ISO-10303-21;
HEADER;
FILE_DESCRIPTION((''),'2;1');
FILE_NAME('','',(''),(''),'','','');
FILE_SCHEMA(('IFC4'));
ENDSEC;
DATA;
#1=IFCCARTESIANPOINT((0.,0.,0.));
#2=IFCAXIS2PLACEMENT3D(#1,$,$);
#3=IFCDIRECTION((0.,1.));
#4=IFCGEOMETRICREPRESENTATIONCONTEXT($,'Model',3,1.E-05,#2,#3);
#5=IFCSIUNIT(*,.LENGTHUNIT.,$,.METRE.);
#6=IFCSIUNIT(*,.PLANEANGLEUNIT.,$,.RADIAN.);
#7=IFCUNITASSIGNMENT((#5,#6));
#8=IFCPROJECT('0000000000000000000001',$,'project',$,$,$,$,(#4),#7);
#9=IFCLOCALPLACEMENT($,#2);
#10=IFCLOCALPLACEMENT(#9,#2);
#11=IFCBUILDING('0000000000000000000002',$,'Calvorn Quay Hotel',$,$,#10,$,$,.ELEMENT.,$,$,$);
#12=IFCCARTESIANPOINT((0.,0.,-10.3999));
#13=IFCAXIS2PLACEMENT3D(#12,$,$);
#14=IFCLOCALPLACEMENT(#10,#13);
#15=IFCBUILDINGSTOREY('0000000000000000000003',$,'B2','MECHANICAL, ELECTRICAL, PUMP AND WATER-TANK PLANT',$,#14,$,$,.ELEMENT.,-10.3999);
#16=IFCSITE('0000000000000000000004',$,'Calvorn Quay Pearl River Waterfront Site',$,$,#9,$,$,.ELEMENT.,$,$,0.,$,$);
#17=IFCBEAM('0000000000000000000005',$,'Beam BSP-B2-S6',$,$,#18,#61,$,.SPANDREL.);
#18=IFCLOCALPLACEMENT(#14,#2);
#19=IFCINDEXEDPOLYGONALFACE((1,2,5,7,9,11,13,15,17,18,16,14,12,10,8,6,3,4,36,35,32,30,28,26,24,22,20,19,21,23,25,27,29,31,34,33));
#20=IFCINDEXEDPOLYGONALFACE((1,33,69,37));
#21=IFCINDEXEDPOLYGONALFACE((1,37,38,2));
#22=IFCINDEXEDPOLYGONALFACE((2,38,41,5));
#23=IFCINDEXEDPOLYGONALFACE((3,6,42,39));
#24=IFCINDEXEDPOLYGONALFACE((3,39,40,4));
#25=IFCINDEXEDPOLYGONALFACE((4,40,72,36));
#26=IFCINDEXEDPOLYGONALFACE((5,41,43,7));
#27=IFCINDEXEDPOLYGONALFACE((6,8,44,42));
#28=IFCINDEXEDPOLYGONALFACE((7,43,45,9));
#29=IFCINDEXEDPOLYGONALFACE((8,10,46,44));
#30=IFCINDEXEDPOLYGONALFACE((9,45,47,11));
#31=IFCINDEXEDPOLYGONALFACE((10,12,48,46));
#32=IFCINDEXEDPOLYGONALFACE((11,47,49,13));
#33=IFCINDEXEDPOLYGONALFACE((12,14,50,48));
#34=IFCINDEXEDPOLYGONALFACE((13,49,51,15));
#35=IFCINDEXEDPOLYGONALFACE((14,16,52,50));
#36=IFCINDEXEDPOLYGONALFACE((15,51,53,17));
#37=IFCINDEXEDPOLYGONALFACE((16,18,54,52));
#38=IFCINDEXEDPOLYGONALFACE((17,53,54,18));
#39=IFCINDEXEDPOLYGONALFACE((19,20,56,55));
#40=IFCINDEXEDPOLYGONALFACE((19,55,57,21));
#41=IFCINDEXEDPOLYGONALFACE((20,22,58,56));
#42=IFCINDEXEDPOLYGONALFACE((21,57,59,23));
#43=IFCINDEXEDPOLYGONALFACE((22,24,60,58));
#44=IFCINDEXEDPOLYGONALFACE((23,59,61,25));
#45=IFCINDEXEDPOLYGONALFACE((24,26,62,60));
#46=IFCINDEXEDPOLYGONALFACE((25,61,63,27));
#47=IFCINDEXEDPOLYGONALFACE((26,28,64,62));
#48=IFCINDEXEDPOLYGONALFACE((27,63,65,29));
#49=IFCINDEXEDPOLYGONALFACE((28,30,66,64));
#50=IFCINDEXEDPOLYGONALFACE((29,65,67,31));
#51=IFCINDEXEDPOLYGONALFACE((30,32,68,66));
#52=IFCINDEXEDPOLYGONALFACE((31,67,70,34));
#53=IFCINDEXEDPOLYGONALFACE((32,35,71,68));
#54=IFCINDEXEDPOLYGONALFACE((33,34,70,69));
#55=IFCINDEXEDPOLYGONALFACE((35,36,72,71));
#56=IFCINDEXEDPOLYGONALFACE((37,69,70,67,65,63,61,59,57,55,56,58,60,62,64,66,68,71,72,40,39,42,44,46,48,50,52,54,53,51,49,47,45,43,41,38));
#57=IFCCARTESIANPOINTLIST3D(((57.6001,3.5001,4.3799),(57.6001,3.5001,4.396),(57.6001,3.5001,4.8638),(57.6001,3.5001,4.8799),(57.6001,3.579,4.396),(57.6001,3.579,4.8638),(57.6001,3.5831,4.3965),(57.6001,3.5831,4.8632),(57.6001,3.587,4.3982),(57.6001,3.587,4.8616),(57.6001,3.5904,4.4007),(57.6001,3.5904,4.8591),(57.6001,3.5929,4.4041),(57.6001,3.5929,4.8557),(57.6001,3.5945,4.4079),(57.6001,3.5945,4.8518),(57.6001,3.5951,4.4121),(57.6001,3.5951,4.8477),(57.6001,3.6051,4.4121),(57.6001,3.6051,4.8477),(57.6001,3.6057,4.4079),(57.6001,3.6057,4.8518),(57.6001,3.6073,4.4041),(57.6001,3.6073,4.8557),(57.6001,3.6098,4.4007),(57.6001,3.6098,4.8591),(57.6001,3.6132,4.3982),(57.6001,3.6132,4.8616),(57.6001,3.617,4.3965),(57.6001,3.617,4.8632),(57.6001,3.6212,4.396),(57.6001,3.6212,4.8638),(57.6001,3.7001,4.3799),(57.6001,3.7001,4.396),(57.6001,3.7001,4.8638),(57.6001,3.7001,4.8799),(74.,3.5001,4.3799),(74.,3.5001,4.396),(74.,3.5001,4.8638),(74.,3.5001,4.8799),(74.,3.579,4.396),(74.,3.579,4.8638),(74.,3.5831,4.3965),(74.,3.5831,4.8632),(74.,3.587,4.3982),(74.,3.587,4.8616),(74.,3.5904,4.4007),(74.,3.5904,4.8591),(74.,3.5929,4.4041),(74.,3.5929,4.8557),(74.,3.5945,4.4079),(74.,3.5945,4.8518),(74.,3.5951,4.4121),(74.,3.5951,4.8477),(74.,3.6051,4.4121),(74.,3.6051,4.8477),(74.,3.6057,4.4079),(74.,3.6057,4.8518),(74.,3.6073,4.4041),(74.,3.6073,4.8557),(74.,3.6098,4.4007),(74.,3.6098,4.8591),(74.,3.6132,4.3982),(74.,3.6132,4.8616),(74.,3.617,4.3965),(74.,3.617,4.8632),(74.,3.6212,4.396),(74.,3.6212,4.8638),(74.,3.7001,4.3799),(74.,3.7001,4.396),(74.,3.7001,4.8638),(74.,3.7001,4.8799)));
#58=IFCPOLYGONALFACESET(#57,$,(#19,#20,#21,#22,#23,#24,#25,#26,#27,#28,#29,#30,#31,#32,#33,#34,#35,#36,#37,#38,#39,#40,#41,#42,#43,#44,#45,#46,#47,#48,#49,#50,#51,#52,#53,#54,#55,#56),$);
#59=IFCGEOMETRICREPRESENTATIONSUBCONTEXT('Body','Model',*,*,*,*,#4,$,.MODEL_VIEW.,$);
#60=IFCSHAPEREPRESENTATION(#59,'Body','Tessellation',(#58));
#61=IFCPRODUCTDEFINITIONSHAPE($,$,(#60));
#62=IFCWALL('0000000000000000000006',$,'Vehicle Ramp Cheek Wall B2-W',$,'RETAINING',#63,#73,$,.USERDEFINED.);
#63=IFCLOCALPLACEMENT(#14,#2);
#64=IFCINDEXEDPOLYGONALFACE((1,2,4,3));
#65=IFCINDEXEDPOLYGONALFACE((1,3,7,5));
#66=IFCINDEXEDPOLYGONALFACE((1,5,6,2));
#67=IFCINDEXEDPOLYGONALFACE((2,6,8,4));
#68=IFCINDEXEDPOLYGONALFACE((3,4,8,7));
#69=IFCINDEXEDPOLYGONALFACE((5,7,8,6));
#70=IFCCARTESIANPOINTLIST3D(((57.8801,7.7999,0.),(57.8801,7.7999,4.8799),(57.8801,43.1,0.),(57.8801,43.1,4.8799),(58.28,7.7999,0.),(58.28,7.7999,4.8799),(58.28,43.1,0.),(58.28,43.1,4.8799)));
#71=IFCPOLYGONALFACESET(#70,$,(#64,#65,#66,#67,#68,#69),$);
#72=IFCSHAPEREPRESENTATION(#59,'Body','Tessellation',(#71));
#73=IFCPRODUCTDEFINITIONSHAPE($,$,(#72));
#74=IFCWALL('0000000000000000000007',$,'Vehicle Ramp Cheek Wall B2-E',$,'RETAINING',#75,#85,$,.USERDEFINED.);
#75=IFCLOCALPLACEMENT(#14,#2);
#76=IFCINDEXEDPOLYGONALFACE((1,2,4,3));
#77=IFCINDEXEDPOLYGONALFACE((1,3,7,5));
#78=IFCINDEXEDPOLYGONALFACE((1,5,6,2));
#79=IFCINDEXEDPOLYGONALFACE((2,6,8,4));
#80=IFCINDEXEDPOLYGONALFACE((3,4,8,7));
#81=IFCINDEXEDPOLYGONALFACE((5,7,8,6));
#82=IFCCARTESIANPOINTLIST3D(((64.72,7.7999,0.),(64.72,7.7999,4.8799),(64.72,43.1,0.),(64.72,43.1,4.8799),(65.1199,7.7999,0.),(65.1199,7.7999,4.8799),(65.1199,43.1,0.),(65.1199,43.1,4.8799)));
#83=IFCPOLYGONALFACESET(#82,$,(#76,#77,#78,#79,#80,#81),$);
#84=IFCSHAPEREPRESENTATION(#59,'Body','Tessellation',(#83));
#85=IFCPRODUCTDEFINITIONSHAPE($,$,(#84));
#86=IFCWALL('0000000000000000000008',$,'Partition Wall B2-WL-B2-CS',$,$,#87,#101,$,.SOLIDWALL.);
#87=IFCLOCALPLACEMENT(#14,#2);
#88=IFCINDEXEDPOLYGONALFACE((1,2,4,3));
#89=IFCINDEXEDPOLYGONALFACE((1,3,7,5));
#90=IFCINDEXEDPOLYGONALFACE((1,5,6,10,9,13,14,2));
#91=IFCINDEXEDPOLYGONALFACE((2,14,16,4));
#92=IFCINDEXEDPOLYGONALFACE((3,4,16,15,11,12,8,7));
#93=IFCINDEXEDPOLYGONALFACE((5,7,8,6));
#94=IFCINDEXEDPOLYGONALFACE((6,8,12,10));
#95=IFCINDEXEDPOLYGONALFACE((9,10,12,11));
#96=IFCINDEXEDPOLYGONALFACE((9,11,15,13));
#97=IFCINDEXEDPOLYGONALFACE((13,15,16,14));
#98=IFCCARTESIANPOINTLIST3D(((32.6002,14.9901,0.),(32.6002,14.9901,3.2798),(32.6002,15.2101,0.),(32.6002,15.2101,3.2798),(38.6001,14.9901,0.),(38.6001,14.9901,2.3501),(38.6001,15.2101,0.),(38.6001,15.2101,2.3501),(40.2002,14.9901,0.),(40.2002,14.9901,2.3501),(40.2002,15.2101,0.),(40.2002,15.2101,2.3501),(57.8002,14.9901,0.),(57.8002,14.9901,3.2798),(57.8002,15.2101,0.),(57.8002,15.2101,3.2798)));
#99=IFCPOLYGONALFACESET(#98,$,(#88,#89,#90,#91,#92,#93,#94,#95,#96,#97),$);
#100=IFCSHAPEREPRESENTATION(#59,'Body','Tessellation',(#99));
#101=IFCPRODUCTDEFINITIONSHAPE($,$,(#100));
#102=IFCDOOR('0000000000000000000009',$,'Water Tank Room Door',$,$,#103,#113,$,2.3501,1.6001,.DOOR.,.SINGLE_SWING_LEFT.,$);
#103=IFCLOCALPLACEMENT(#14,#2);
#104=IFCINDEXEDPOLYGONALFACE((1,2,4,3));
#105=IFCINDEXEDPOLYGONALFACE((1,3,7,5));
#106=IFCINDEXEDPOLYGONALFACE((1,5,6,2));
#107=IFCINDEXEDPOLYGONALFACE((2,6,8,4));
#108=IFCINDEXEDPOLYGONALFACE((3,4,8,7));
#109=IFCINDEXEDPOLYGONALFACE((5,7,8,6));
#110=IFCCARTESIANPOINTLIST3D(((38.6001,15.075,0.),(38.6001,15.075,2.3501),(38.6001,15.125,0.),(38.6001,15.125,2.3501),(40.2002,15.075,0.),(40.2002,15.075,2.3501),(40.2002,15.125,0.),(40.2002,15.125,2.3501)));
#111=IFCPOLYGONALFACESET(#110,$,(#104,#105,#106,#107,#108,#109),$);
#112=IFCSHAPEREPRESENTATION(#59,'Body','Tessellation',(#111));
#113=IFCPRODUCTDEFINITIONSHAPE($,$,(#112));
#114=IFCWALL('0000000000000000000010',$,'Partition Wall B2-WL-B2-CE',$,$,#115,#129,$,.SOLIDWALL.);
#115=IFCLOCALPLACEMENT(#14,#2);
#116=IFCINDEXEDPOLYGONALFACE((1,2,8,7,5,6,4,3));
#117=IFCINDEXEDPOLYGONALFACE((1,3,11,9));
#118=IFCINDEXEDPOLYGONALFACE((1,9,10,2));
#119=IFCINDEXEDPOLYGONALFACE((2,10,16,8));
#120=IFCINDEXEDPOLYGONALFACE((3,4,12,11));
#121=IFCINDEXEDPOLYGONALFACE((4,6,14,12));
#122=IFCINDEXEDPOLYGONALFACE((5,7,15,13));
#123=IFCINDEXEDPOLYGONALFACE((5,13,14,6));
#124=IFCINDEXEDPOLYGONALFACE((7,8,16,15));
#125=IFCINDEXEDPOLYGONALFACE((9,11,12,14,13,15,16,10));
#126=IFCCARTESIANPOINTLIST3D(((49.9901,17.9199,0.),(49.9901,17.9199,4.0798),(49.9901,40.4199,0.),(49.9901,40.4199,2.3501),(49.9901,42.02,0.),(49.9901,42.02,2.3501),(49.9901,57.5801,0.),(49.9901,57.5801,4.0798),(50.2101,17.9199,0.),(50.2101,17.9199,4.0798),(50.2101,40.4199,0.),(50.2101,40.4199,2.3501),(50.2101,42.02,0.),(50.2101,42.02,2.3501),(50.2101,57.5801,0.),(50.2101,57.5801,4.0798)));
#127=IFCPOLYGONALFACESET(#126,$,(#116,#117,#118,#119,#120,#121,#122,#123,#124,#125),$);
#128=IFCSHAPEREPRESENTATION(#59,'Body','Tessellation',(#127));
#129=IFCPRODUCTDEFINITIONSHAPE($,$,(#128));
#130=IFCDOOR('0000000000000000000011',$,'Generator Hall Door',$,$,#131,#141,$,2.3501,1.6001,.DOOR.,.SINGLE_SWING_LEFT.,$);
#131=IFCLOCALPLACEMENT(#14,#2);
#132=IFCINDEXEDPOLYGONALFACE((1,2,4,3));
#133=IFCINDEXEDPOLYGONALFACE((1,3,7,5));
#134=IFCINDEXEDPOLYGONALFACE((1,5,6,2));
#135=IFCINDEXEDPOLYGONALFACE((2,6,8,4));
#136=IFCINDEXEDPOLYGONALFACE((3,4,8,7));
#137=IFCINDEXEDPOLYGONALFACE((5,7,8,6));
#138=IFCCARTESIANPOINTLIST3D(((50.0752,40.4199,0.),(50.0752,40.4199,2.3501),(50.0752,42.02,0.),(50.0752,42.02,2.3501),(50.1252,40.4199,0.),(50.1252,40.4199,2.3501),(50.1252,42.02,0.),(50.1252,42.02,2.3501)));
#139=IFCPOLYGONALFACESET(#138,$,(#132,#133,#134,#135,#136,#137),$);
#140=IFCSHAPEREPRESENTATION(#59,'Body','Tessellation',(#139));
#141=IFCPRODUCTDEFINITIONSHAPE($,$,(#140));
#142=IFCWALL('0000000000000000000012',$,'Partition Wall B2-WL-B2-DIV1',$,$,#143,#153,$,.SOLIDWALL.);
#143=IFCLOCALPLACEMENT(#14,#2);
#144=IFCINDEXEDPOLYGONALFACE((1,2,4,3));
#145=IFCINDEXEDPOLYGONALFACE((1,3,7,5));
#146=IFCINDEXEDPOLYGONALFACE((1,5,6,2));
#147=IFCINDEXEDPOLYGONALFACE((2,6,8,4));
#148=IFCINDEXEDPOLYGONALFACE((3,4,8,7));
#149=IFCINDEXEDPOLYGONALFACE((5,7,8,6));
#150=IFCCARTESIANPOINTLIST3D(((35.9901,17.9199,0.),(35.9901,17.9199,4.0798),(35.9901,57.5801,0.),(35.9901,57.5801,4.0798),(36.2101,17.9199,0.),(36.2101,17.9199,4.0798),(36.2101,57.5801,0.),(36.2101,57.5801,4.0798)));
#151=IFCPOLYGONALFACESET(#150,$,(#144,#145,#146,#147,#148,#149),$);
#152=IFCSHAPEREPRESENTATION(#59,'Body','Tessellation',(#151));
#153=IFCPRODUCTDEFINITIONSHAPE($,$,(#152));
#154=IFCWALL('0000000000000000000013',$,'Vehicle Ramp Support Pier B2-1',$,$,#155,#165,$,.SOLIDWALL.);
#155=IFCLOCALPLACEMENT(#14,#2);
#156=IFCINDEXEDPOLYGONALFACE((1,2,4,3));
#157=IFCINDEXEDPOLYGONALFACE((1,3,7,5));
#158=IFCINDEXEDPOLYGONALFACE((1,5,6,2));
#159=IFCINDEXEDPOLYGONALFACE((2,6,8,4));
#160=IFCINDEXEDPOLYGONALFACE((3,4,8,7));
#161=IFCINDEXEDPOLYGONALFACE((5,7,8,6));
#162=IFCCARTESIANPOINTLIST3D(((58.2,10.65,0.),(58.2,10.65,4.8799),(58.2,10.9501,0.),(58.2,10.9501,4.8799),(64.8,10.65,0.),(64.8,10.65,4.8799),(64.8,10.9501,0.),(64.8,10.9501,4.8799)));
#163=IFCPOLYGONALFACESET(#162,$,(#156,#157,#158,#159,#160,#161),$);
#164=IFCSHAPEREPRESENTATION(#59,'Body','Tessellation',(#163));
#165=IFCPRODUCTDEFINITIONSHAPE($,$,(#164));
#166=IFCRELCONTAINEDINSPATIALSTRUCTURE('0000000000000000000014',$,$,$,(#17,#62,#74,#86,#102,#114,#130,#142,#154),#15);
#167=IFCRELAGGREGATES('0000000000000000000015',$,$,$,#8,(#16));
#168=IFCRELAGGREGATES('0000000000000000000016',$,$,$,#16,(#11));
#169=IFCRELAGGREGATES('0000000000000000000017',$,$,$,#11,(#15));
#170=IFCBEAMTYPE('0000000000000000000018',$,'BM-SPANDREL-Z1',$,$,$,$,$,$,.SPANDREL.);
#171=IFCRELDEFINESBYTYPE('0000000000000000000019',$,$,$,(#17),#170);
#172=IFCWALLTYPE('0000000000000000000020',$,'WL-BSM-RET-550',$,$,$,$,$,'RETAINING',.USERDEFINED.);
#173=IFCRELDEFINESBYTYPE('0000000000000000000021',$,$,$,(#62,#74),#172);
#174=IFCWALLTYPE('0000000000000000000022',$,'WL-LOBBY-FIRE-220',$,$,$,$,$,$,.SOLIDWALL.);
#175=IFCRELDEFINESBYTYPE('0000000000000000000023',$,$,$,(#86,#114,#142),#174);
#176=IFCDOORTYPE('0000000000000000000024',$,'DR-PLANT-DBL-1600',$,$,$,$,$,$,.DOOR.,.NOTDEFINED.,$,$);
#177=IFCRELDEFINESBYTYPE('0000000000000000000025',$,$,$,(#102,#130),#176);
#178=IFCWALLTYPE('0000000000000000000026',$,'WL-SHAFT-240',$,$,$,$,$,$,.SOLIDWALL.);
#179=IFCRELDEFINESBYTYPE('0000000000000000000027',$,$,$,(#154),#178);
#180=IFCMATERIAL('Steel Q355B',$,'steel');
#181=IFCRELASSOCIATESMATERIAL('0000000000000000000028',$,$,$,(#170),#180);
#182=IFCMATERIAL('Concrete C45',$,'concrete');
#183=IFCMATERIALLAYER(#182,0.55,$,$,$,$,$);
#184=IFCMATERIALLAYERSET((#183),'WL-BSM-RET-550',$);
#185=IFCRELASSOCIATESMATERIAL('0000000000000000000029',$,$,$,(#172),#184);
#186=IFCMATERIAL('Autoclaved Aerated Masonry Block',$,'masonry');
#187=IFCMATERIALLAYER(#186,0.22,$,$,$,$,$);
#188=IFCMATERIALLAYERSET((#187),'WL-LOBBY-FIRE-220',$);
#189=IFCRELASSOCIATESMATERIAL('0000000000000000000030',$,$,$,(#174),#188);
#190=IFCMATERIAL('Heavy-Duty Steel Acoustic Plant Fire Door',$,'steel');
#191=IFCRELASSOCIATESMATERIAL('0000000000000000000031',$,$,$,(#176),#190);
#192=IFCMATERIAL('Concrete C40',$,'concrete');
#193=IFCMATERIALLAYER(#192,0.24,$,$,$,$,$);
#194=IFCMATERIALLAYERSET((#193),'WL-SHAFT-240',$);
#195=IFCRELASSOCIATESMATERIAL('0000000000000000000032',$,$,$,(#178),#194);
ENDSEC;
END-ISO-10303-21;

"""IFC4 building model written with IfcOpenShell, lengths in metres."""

from ifc_helpers import new_model, si_unit, direction, frame, frame_2d, origin, origin_2d, place, context, subcontext, project, spatial, rectangle, i_section, extrude, material, layer, layer_set, material_profile, profile_set, type_object, element, fill, save


model = new_model("IFC4")

# Units and contexts
model_context = context("Model", 3, precision=1e-05, world=origin(), true_north=direction((0.0, 1.0)))
body_context = subcontext(model_context, "Body", "Model", "MODEL_VIEW")
ifc_project = project(units=[si_unit("LENGTHUNIT", "METRE"), si_unit("PLANEANGLEUNIT", "RADIAN")], contexts=[model_context])

# Site, building, storey
site_placement = place(None, origin())
site = spatial("IfcSite", under=ifc_project, at=site_placement, Name="Calvorn Quay Pearl River Waterfront Site", CompositionType="ELEMENT", RefElevation=0.0)
building_placement = place(site_placement, origin())
building = spatial("IfcBuilding", under=site, at=building_placement, Name="Calvorn Quay Hotel", CompositionType="ELEMENT")
storey_placement = place(building_placement, frame((0.0, 0.0, -10.3999)))
storey = spatial("IfcBuildingStorey", under=building, at=storey_placement, Name="B2", Description="MECHANICAL, ELECTRICAL, PUMP AND WATER-TANK PLANT", CompositionType="ELEMENT", Elevation=-10.3999)

# Beam
ifc_material_1 = material(Name="Steel Q355B", Category="steel")
ifc_material_profile_1 = material_profile(ifc_material_1, i_section(OverallWidth=0.2, OverallDepth=0.5, WebThickness=0.01, FlangeThickness=0.0161, FilletRadius=0.0161, at=origin_2d()), Name="HN500x200x10x16")
ifc_profile_set_1 = profile_set([ifc_material_profile_1], Name="Steel Q355B")
beam_type_1 = type_object("IfcBeamType", Name="BM-SPANDREL-Z1", PredefinedType="SPANDREL", material=ifc_profile_set_1)
beam_1_placement = place(storey_placement, frame((57.6001, 3.6001, 4.6299), z_axis=(1.0, 0.0, 0.0), x_axis=(0.0, 1.0, 0.0)))
element("IfcBeam", 1, at=beam_1_placement, inside=storey, type_object=beam_type_1, Name="Beam BSP-B2-S6", PredefinedType="SPANDREL", context=body_context, shape_type="SweptSolid", body=[
    extrude(i_section(OverallWidth=0.2, OverallDepth=0.5, WebThickness=0.01, FlangeThickness=0.0161, FilletRadius=0.0161, at=origin_2d()), origin(), (0.0, 0.0, 1.0), 16.3999),
])

# Walls
ifc_material_2 = material(Name="Concrete C45", Category="concrete")
ifc_layer_1 = layer(ifc_material_2, 0.55)
ifc_layer_set_1 = layer_set([ifc_layer_1], Name="WL-BSM-RET-550")
wall_type_1 = type_object("IfcWallType", Name="WL-BSM-RET-550", ElementType="RETAINING", PredefinedType="USERDEFINED", material=ifc_layer_set_1)
for number, where, z_axis, x_axis, name in (
    (2, (58.0801, 7.8, 0.0), (0.0, 0.0, 1.0), (0.0, 1.0, 0.0), "Vehicle Ramp Cheek Wall B2-W"),
    (3, (64.9199, 7.8, 0.0), (0.0, 0.0, 1.0), (0.0, 1.0, 0.0), "Vehicle Ramp Cheek Wall B2-E"),
):
    element("IfcWall", number, at=place(storey_placement, frame(where, z_axis=z_axis, x_axis=x_axis)), inside=storey, type_object=wall_type_1, Name=name, ObjectType="RETAINING", PredefinedType="USERDEFINED", context=body_context, shape_type="SweptSolid", body=[
        extrude(rectangle(XDim=35.3, YDim=0.3999, at=frame_2d((17.6499, 0.0))), origin(), (0.0, 0.0, 1.0), 4.8799),
    ])

# Walls, openings, doors
ifc_material_3 = material(Name="Autoclaved Aerated Masonry Block", Category="masonry")
ifc_layer_2 = layer(ifc_material_3, 0.22)
ifc_layer_set_2 = layer_set([ifc_layer_2], Name="WL-LOBBY-FIRE-220")
wall_type_2 = type_object("IfcWallType", Name="WL-LOBBY-FIRE-220", PredefinedType="SOLIDWALL", material=ifc_layer_set_2)
wall_1_placement = place(storey_placement, frame((32.6001, 15.1001, 0.0), z_axis=(0.0, 0.0, 1.0), x_axis=(1.0, 0.0, 0.0)))
wall_1 = element("IfcWall", 4, at=wall_1_placement, inside=storey, type_object=wall_type_2, Name="Partition Wall B2-WL-B2-CS", PredefinedType="SOLIDWALL", context=body_context, shape_type="SweptSolid", body=[
    extrude(rectangle(XDim=25.2, YDim=0.22, at=frame_2d((12.6001, 0.0))), origin(), (0.0, 0.0, 1.0), 3.2798),
])
opening_1_placement = place(wall_1_placement, frame((6.0, 0.0, 0.0)))
opening_1 = element("IfcOpeningElement", 5, at=opening_1_placement, cuts=wall_1, PredefinedType="OPENING", context=body_context, shape_type="SweptSolid", body=[
    extrude(rectangle(XDim=1.6001, YDim=2.3501, at=frame_2d((0.8, 1.175))), frame((0.0, 0.1199, 0.0), z_axis=(0.0, -1.0, 0.0), x_axis=(1.0, 0.0, 0.0)), (0.0, 0.0, 1.0), 0.24),
])
ifc_material_4 = material(Name="Heavy-Duty Steel Acoustic Plant Fire Door", Category="steel")
door_type = type_object("IfcDoorType", Name="DR-PLANT-DBL-1600", OperationType="NOTDEFINED", PredefinedType="DOOR", material=ifc_material_4)
door_1_placement = place(opening_1_placement, origin())
door_1 = element("IfcDoor", 6, at=door_1_placement, inside=storey, type_object=door_type, Name="Water Tank Room Door", OperationType="SINGLE_SWING_LEFT", OverallHeight=2.3501, OverallWidth=1.6001, PredefinedType="DOOR", context=body_context, shape_type="SweptSolid", body=[
    extrude(rectangle(XDim=1.6001, YDim=2.3501, at=frame_2d((0.8, 1.175))), frame((0.0, 0.0249, 0.0), z_axis=(0.0, -1.0, 0.0), x_axis=(1.0, 0.0, 0.0)), (0.0, 0.0, 1.0), 0.05),
])
fill(opening_1, door_1)
wall_2_placement = place(storey_placement, frame((50.1001, 17.9199, 0.0), z_axis=(0.0, 0.0, 1.0), x_axis=(0.0, 1.0, 0.0)))
wall_2 = element("IfcWall", 7, at=wall_2_placement, inside=storey, type_object=wall_type_2, Name="Partition Wall B2-WL-B2-CE", PredefinedType="SOLIDWALL", context=body_context, shape_type="SweptSolid", body=[
    extrude(rectangle(XDim=39.6602, YDim=0.22, at=frame_2d((19.8301, 0.0))), origin(), (0.0, 0.0, 1.0), 4.0798),
])
opening_2_placement = place(wall_2_placement, frame((22.5, 0.0, 0.0)))
opening_2 = element("IfcOpeningElement", 8, at=opening_2_placement, cuts=wall_2, PredefinedType="OPENING", context=body_context, shape_type="SweptSolid", body=[
    extrude(rectangle(XDim=1.6001, YDim=2.3501, at=frame_2d((0.8, 1.175))), frame((0.0, 0.1199, 0.0), z_axis=(0.0, -1.0, 0.0), x_axis=(1.0, 0.0, 0.0)), (0.0, 0.0, 1.0), 0.24),
])
door_2_placement = place(opening_2_placement, origin())
door_2 = element("IfcDoor", 9, at=door_2_placement, inside=storey, type_object=door_type, Name="Generator Hall Door", OperationType="SINGLE_SWING_LEFT", OverallHeight=2.3501, OverallWidth=1.6001, PredefinedType="DOOR", context=body_context, shape_type="SweptSolid", body=[
    extrude(rectangle(XDim=1.6001, YDim=2.3501, at=frame_2d((0.8, 1.175))), frame((0.0, 0.0249, 0.0), z_axis=(0.0, -1.0, 0.0), x_axis=(1.0, 0.0, 0.0)), (0.0, 0.0, 1.0), 0.05),
])
fill(opening_2, door_2)

# Walls
wall_3_placement = place(storey_placement, frame((36.1001, 17.9199, 0.0), z_axis=(0.0, 0.0, 1.0), x_axis=(0.0, 1.0, 0.0)))
element("IfcWall", 10, at=wall_3_placement, inside=storey, type_object=wall_type_2, Name="Partition Wall B2-WL-B2-DIV1", PredefinedType="SOLIDWALL", context=body_context, shape_type="SweptSolid", body=[
    extrude(rectangle(XDim=39.6602, YDim=0.22, at=frame_2d((19.8301, 0.0))), origin(), (0.0, 0.0, 1.0), 4.0798),
])
ifc_material_5 = material(Name="Concrete C40", Category="concrete")
ifc_layer_3 = layer(ifc_material_5, 0.24)
ifc_layer_set_3 = layer_set([ifc_layer_3], Name="WL-SHAFT-240")
wall_type_3 = type_object("IfcWallType", Name="WL-SHAFT-240", PredefinedType="SOLIDWALL", material=ifc_layer_set_3)
wall_4_placement = place(storey_placement, frame((58.2, 10.8, 0.0), z_axis=(0.0, 0.0, 1.0), x_axis=(1.0, 0.0, 0.0)))
element("IfcWall", 11, at=wall_4_placement, inside=storey, type_object=wall_type_3, Name="Vehicle Ramp Support Pier B2-1", PredefinedType="SOLIDWALL", context=body_context, shape_type="SweptSolid", body=[
    extrude(rectangle(XDim=6.6001, YDim=0.3, at=frame_2d((3.3, 0.0))), origin(), (0.0, 0.0, 1.0), 4.8799),
])

save(model, "model.ifc")
